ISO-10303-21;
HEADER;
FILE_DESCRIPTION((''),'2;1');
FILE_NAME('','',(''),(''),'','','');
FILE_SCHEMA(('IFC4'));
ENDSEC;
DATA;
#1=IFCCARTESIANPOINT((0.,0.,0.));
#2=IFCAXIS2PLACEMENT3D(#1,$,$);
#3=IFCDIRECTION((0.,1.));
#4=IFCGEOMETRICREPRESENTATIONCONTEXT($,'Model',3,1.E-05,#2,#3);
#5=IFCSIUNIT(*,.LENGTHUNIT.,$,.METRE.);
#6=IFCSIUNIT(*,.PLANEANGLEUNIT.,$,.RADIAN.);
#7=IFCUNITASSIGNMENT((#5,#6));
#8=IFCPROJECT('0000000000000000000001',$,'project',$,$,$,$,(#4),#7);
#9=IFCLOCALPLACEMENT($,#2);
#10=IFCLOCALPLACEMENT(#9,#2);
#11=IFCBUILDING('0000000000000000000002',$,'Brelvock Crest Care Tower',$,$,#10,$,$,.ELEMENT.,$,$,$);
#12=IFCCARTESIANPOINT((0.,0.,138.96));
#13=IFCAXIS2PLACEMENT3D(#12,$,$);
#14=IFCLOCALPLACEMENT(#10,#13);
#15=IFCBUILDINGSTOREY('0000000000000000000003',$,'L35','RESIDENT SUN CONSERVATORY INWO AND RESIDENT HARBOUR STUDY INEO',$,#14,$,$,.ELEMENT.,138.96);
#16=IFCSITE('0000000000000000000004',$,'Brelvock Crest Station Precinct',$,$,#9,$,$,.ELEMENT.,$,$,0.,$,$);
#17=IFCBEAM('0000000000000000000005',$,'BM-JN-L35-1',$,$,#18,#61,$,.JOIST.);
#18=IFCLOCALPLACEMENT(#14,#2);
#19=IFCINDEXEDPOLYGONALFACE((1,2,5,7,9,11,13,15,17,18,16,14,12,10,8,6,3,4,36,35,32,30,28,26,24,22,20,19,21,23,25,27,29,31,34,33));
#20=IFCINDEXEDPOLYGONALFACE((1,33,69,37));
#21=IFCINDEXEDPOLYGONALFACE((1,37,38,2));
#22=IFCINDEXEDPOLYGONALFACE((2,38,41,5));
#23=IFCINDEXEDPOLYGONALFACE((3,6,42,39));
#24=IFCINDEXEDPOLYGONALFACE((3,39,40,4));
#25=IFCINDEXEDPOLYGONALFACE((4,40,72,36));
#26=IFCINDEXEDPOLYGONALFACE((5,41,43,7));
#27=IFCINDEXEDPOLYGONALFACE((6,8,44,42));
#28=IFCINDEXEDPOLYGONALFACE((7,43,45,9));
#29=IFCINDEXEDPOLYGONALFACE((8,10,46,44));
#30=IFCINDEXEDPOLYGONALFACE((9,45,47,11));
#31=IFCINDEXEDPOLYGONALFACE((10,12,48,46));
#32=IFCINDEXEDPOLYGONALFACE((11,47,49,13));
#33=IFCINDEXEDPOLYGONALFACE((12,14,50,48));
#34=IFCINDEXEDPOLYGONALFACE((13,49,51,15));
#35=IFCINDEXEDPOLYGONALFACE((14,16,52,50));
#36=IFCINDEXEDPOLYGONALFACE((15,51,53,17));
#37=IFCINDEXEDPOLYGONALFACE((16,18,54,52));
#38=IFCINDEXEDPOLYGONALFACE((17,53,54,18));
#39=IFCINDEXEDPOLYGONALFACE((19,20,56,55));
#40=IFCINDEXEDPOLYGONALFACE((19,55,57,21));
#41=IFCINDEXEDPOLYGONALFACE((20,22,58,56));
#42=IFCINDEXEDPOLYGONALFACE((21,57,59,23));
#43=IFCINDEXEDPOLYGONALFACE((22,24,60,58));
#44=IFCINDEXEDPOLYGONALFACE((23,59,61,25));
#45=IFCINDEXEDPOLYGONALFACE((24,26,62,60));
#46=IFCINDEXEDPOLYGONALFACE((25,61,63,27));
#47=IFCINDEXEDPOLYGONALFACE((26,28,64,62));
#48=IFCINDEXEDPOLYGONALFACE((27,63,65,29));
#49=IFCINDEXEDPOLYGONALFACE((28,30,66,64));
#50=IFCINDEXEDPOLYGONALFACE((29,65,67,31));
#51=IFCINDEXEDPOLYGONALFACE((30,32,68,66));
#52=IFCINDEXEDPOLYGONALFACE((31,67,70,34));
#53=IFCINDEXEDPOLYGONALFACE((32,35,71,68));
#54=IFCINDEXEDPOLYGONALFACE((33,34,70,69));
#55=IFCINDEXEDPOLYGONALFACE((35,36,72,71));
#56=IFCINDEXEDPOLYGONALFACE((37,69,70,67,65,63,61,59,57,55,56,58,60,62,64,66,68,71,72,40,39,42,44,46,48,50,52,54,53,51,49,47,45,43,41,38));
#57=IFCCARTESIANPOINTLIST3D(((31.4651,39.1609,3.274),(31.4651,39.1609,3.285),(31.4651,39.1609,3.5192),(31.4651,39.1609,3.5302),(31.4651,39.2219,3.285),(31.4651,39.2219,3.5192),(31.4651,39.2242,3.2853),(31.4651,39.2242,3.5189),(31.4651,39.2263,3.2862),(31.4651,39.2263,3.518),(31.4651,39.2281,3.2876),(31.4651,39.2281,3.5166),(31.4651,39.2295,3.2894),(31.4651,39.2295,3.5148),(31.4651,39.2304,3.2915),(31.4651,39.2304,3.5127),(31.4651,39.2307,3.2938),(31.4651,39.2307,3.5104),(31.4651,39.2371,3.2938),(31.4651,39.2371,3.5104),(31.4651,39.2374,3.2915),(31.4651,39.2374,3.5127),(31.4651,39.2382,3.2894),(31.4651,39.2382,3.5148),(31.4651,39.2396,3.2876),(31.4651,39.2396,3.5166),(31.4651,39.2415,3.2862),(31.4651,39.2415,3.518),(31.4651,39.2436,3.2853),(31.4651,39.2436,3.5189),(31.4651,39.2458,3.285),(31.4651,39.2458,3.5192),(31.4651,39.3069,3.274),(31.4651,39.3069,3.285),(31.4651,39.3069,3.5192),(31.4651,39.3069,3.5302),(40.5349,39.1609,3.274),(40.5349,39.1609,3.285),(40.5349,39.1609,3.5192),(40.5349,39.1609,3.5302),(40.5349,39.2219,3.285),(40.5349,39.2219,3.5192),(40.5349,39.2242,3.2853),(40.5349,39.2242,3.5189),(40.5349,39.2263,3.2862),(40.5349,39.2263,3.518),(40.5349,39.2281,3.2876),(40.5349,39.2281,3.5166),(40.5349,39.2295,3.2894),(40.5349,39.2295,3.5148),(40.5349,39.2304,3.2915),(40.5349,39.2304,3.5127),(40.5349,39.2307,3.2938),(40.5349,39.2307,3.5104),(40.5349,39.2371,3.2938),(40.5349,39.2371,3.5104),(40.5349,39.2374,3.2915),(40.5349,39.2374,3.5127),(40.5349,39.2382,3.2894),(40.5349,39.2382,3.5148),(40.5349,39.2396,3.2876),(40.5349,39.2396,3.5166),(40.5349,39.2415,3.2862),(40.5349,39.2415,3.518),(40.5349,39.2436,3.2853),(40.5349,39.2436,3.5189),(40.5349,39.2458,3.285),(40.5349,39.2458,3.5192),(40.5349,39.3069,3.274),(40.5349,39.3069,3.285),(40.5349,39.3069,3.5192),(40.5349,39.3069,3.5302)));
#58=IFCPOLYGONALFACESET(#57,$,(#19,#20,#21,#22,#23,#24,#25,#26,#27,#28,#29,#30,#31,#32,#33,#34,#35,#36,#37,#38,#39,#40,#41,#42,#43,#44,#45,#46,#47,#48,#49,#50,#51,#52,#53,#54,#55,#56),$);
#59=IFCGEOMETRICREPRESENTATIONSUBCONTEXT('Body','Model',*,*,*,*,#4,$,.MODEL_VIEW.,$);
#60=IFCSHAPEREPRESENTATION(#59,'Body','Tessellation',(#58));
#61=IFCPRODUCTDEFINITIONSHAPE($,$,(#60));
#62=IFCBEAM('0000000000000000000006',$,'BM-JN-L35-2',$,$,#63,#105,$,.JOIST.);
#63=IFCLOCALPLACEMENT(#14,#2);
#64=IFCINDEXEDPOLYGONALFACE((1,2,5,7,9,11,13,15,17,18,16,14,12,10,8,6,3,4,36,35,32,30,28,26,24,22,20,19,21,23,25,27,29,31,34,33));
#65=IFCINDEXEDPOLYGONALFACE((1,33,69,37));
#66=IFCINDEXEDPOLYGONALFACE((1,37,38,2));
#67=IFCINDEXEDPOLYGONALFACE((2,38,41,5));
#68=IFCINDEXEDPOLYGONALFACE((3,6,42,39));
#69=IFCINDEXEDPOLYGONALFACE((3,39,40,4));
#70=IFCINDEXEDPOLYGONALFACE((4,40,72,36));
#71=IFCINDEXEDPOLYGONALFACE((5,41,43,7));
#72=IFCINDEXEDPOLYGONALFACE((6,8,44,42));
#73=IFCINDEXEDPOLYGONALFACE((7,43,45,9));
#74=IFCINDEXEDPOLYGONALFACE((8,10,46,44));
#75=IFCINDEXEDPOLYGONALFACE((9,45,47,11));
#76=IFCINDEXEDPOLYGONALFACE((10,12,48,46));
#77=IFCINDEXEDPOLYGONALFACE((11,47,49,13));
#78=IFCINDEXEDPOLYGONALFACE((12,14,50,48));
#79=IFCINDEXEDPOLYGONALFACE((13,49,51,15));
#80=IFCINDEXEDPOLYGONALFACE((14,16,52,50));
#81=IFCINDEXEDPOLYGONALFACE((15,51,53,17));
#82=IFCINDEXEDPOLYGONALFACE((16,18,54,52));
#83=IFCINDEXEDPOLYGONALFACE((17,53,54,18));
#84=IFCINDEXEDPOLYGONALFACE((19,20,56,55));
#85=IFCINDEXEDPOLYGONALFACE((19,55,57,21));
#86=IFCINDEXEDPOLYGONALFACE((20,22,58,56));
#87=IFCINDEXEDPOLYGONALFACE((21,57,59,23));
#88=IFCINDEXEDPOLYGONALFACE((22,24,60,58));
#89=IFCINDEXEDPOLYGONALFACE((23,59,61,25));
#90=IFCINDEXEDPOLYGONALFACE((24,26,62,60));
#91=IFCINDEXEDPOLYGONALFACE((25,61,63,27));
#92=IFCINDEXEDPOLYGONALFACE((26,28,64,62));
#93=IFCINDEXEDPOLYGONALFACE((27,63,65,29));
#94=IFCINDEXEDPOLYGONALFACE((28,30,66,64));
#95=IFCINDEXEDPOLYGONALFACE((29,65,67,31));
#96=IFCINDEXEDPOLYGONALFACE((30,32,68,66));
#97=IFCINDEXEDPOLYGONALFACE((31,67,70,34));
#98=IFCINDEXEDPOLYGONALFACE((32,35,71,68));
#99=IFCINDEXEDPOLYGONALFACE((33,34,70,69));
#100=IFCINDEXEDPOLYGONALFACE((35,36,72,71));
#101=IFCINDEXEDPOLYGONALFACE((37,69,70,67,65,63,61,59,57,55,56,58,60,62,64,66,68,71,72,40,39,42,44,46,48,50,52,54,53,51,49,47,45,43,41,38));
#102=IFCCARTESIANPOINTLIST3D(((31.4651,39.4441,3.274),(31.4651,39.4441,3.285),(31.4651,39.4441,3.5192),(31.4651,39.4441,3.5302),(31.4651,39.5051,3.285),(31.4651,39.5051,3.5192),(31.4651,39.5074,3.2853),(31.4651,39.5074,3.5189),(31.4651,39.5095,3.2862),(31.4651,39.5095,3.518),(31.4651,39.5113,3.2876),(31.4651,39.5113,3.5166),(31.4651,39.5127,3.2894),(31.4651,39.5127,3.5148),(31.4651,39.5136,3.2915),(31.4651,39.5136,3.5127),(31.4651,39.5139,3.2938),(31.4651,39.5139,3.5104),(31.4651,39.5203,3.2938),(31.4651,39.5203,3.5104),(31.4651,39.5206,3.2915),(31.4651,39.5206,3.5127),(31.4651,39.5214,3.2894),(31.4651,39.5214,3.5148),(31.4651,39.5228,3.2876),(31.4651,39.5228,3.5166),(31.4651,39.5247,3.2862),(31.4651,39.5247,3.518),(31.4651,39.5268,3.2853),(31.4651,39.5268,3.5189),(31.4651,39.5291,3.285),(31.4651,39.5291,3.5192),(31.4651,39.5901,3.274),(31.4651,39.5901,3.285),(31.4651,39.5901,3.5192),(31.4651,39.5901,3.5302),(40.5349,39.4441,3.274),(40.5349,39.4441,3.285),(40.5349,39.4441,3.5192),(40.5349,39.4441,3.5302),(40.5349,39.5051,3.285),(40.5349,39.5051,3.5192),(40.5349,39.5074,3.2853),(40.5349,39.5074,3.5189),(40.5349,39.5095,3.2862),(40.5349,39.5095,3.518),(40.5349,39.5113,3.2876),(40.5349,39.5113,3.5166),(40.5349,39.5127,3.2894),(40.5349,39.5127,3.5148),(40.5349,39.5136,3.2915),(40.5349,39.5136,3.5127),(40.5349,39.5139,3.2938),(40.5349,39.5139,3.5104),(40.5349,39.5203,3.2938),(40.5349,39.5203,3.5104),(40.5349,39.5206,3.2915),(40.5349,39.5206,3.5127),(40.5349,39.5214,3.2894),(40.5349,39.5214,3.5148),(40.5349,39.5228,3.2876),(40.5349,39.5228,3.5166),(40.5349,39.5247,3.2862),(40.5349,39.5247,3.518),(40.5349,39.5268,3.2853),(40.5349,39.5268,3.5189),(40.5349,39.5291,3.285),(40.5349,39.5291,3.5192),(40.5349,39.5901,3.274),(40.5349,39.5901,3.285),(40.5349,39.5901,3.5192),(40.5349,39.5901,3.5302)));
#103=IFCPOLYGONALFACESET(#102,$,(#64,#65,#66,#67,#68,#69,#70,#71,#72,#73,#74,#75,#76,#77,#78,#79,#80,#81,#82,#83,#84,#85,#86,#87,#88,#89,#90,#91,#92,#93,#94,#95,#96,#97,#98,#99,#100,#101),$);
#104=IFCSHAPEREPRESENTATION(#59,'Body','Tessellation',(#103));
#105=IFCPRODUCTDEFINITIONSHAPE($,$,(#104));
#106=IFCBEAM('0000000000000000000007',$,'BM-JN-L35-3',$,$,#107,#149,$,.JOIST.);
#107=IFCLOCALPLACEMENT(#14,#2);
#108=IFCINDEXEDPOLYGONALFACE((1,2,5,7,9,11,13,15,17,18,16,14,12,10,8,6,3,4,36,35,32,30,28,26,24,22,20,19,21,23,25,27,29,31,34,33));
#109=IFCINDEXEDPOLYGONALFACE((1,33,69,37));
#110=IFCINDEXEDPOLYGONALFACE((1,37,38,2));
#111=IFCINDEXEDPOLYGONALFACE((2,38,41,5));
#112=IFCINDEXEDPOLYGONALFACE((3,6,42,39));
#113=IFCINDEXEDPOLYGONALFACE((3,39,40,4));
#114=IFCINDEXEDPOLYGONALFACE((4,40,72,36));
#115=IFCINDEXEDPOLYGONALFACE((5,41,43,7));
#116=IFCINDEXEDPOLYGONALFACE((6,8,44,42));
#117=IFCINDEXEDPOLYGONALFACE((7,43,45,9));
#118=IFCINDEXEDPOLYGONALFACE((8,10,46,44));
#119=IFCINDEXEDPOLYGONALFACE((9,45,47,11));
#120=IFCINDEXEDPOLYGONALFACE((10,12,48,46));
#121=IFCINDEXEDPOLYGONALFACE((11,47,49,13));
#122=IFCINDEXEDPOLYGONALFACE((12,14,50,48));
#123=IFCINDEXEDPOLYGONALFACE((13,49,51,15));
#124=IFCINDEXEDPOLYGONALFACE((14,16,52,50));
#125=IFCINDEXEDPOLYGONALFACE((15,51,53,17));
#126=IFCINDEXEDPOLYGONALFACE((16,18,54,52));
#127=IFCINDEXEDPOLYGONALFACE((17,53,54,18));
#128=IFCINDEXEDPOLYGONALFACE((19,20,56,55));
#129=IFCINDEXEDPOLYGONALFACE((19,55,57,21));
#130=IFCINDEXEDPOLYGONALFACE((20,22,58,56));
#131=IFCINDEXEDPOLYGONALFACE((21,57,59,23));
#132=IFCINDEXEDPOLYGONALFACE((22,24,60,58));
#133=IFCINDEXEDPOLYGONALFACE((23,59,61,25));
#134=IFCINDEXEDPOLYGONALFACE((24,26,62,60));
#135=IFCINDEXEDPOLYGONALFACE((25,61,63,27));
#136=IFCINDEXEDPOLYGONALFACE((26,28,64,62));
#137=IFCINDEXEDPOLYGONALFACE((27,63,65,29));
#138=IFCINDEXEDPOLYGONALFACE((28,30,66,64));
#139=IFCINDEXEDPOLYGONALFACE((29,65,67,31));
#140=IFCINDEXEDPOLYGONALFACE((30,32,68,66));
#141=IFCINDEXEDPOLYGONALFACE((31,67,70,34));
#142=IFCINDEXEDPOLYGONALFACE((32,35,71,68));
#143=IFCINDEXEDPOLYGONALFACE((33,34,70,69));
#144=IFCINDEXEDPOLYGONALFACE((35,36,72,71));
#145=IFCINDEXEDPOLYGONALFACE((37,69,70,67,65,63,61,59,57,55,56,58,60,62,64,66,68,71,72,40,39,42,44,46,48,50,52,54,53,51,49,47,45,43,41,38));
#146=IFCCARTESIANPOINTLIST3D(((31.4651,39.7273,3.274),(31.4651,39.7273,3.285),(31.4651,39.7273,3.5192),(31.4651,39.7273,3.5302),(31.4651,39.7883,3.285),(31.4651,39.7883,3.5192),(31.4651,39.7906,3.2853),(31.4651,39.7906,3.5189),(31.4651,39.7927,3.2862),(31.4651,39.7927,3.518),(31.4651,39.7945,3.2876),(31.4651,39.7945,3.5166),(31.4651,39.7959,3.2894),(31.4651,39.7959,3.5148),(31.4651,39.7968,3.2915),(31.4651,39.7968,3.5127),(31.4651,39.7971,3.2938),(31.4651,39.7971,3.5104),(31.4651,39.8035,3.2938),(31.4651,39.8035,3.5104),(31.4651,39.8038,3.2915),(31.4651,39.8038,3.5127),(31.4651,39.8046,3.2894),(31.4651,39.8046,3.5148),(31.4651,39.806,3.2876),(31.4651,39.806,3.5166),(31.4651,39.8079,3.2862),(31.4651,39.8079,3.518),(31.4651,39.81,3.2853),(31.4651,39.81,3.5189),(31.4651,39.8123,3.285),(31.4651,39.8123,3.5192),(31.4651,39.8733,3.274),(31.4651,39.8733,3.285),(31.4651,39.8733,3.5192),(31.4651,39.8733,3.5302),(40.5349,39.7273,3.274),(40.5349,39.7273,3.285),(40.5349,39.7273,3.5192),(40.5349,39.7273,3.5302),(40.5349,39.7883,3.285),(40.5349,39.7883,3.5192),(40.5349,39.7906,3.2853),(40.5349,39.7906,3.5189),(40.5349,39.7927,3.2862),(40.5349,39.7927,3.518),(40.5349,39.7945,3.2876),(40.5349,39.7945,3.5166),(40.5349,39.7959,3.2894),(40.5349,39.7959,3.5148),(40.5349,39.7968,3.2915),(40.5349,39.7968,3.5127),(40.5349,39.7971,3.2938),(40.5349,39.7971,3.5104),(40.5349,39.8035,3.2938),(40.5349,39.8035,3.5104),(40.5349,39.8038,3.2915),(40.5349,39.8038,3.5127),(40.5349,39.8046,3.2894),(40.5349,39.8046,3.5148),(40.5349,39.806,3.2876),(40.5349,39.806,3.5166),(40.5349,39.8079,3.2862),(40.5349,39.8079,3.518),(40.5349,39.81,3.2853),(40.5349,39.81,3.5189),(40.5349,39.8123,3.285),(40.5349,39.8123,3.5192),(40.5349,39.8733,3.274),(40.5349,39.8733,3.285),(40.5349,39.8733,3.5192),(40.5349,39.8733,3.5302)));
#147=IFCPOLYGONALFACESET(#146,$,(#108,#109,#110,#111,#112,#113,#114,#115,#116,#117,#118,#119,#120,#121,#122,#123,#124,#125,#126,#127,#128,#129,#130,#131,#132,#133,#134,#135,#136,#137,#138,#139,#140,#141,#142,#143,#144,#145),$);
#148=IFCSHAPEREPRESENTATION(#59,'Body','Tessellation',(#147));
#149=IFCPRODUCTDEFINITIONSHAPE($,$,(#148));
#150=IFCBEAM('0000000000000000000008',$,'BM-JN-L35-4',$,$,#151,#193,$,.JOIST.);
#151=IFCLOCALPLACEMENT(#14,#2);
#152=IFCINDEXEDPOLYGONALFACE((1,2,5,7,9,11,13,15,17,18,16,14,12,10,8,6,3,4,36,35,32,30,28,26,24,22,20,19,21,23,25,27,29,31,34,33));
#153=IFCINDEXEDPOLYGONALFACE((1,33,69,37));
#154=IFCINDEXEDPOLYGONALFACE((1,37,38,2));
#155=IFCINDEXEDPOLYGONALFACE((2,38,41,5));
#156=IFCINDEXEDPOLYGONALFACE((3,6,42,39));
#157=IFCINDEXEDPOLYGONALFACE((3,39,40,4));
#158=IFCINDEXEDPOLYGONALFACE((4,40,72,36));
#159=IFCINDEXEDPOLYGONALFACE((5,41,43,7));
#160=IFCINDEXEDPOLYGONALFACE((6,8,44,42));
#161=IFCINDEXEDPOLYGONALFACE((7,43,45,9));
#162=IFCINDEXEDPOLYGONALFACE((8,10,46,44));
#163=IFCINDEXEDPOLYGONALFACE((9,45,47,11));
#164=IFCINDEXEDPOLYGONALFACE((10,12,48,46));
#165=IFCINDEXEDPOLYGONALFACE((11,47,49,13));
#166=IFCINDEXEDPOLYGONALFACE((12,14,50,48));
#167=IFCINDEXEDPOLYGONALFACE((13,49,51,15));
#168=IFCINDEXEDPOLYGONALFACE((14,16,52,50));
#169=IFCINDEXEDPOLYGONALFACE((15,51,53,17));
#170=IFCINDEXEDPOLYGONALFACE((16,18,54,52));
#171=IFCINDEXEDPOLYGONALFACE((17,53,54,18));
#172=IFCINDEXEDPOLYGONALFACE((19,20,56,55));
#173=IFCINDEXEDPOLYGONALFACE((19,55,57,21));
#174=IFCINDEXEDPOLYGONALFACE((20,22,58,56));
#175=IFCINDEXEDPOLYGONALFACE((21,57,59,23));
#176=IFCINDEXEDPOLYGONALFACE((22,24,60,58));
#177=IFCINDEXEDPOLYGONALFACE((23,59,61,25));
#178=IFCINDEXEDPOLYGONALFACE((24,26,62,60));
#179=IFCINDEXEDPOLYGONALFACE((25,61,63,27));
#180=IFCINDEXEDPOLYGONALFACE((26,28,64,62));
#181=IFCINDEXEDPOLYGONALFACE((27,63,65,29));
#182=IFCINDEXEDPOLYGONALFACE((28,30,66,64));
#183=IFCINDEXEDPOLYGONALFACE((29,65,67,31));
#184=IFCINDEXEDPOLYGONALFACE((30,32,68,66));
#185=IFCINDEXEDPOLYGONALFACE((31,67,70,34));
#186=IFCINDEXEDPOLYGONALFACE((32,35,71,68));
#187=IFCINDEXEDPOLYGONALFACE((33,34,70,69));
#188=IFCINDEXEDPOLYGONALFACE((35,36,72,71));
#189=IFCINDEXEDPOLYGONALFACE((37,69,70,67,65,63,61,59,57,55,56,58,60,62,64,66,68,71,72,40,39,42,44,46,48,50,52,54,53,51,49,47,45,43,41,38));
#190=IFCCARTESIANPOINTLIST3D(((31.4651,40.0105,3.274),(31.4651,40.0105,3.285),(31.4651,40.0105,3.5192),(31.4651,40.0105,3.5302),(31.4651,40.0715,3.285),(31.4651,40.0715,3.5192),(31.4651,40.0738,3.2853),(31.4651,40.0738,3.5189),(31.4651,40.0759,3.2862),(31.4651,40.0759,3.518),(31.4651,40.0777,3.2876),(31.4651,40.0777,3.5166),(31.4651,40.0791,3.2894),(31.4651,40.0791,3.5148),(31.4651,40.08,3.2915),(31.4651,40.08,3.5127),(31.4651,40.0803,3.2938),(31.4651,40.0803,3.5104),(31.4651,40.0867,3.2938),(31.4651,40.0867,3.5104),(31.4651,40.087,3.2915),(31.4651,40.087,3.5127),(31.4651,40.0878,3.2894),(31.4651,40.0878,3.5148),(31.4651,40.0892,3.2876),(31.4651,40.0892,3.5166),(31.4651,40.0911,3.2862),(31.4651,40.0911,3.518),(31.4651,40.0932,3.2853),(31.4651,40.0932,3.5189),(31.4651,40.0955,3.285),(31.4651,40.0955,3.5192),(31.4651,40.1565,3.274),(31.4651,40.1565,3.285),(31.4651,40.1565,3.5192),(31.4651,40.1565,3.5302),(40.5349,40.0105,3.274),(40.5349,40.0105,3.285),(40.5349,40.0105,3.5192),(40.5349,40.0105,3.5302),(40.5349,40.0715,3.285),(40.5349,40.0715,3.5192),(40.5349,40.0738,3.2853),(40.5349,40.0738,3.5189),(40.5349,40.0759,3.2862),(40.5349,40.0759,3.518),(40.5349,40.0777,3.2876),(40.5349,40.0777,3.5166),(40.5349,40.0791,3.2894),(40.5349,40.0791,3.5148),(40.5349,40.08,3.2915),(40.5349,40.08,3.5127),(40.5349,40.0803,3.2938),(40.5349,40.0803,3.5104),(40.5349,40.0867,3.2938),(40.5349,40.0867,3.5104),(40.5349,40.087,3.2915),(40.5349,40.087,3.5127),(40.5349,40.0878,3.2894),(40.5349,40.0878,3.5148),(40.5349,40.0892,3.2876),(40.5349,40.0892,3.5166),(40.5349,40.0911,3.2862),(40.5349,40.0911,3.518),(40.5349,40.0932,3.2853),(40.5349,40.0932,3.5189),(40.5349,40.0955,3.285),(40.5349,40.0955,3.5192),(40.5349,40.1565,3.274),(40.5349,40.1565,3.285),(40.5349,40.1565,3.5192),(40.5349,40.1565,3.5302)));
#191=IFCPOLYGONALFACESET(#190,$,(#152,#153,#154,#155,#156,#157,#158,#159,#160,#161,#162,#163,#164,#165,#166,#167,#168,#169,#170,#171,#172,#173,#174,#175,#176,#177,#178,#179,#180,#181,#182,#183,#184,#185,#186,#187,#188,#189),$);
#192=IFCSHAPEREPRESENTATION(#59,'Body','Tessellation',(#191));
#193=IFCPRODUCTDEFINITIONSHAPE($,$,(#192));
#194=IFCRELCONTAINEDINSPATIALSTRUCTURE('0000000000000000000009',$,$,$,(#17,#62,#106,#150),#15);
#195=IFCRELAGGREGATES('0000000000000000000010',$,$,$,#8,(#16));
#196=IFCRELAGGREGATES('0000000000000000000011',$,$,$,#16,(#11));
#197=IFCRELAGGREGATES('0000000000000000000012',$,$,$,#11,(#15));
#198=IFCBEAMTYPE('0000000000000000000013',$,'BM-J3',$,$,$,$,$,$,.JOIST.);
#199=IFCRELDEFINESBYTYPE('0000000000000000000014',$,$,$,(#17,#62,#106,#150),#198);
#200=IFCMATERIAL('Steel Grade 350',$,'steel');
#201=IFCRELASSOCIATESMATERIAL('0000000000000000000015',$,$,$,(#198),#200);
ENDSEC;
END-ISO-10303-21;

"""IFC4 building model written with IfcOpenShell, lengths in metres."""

from ifc_helpers import new_model, si_unit, direction, frame, origin, origin_2d, place, context, subcontext, project, spatial, i_section, extrude, source, transform, mapped, material, material_profile, profile_set, type_object, element, save


model = new_model("IFC4")

# Units and contexts
model_context = context("Model", 3, precision=1e-05, world=origin(), true_north=direction((0.0, 1.0)))
body_context = subcontext(model_context, "Body", "Model", "MODEL_VIEW")
ifc_project = project(units=[si_unit("LENGTHUNIT", "METRE"), si_unit("PLANEANGLEUNIT", "RADIAN")], contexts=[model_context])

# Site, building, storey
site_placement = place(None, origin())
site = spatial("IfcSite", under=ifc_project, at=site_placement, Name="Brelvock Crest Station Precinct", CompositionType="ELEMENT", RefElevation=0.0)
building_placement = place(site_placement, origin())
building = spatial("IfcBuilding", under=site, at=building_placement, Name="Brelvock Crest Care Tower", CompositionType="ELEMENT")
storey_placement = place(building_placement, frame((0.0, 0.0, 138.96)))
storey = spatial("IfcBuildingStorey", under=building, at=storey_placement, Name="L35", Description="RESIDENT SUN CONSERVATORY INWO AND RESIDENT HARBOUR STUDY INEO", CompositionType="ELEMENT", Elevation=138.96)

# Beams
ifc_material_1 = material(Name="Steel Grade 350", Category="steel")
ifc_material_profile_1 = material_profile(ifc_material_1, i_section(OverallWidth=0.146, OverallDepth=0.2561, WebThickness=0.0063, FlangeThickness=0.011, FilletRadius=0.0088, at=origin_2d()), Name="250UB37.3")
ifc_profile_set_1 = profile_set([ifc_material_profile_1], Name="Steel Grade 350")
beam_type_1 = type_object("IfcBeamType", Name="BM-J3", PredefinedType="JOIST", material=ifc_profile_set_1)
shared_shape_1 = source(origin(), body_context, "Body", "SweptSolid", [
    extrude(i_section(OverallWidth=0.146, OverallDepth=0.2561, WebThickness=0.0063, FlangeThickness=0.011, FilletRadius=0.0088, at=origin_2d()), origin(), (0.0, 0.0, 1.0), 9.0698),
])
for number, where, z_axis, x_axis, name in (
    (1, (31.4651, 39.2339, 3.4021), (1.0, 0.0, 0.0), (0.0, 1.0, 0.0), "BM-JN-L35-1"),
    (2, (31.4651, 39.5171, 3.4021), (1.0, 0.0, 0.0), (0.0, 1.0, 0.0), "BM-JN-L35-2"),
    (3, (31.4651, 39.8003, 3.4021), (1.0, 0.0, 0.0), (0.0, 1.0, 0.0), "BM-JN-L35-3"),
    (4, (31.4651, 40.0835, 3.4021), (1.0, 0.0, 0.0), (0.0, 1.0, 0.0), "BM-JN-L35-4"),
):
    element("IfcBeam", number, at=place(storey_placement, frame(where, z_axis=z_axis, x_axis=x_axis)), inside=storey, type_object=beam_type_1, Name=name, PredefinedType="JOIST", context=body_context, shape_type="MappedRepresentation", body=[
        mapped(shared_shape_1, transform((0.0, 0.0, 0.0), x_axis=(1.0, 0.0, 0.0), y_axis=(0.0, 1.0, 0.0), z_axis=(0.0, 0.0, 1.0), scale=1.0)),
    ])

save(model, "model.ifc")
